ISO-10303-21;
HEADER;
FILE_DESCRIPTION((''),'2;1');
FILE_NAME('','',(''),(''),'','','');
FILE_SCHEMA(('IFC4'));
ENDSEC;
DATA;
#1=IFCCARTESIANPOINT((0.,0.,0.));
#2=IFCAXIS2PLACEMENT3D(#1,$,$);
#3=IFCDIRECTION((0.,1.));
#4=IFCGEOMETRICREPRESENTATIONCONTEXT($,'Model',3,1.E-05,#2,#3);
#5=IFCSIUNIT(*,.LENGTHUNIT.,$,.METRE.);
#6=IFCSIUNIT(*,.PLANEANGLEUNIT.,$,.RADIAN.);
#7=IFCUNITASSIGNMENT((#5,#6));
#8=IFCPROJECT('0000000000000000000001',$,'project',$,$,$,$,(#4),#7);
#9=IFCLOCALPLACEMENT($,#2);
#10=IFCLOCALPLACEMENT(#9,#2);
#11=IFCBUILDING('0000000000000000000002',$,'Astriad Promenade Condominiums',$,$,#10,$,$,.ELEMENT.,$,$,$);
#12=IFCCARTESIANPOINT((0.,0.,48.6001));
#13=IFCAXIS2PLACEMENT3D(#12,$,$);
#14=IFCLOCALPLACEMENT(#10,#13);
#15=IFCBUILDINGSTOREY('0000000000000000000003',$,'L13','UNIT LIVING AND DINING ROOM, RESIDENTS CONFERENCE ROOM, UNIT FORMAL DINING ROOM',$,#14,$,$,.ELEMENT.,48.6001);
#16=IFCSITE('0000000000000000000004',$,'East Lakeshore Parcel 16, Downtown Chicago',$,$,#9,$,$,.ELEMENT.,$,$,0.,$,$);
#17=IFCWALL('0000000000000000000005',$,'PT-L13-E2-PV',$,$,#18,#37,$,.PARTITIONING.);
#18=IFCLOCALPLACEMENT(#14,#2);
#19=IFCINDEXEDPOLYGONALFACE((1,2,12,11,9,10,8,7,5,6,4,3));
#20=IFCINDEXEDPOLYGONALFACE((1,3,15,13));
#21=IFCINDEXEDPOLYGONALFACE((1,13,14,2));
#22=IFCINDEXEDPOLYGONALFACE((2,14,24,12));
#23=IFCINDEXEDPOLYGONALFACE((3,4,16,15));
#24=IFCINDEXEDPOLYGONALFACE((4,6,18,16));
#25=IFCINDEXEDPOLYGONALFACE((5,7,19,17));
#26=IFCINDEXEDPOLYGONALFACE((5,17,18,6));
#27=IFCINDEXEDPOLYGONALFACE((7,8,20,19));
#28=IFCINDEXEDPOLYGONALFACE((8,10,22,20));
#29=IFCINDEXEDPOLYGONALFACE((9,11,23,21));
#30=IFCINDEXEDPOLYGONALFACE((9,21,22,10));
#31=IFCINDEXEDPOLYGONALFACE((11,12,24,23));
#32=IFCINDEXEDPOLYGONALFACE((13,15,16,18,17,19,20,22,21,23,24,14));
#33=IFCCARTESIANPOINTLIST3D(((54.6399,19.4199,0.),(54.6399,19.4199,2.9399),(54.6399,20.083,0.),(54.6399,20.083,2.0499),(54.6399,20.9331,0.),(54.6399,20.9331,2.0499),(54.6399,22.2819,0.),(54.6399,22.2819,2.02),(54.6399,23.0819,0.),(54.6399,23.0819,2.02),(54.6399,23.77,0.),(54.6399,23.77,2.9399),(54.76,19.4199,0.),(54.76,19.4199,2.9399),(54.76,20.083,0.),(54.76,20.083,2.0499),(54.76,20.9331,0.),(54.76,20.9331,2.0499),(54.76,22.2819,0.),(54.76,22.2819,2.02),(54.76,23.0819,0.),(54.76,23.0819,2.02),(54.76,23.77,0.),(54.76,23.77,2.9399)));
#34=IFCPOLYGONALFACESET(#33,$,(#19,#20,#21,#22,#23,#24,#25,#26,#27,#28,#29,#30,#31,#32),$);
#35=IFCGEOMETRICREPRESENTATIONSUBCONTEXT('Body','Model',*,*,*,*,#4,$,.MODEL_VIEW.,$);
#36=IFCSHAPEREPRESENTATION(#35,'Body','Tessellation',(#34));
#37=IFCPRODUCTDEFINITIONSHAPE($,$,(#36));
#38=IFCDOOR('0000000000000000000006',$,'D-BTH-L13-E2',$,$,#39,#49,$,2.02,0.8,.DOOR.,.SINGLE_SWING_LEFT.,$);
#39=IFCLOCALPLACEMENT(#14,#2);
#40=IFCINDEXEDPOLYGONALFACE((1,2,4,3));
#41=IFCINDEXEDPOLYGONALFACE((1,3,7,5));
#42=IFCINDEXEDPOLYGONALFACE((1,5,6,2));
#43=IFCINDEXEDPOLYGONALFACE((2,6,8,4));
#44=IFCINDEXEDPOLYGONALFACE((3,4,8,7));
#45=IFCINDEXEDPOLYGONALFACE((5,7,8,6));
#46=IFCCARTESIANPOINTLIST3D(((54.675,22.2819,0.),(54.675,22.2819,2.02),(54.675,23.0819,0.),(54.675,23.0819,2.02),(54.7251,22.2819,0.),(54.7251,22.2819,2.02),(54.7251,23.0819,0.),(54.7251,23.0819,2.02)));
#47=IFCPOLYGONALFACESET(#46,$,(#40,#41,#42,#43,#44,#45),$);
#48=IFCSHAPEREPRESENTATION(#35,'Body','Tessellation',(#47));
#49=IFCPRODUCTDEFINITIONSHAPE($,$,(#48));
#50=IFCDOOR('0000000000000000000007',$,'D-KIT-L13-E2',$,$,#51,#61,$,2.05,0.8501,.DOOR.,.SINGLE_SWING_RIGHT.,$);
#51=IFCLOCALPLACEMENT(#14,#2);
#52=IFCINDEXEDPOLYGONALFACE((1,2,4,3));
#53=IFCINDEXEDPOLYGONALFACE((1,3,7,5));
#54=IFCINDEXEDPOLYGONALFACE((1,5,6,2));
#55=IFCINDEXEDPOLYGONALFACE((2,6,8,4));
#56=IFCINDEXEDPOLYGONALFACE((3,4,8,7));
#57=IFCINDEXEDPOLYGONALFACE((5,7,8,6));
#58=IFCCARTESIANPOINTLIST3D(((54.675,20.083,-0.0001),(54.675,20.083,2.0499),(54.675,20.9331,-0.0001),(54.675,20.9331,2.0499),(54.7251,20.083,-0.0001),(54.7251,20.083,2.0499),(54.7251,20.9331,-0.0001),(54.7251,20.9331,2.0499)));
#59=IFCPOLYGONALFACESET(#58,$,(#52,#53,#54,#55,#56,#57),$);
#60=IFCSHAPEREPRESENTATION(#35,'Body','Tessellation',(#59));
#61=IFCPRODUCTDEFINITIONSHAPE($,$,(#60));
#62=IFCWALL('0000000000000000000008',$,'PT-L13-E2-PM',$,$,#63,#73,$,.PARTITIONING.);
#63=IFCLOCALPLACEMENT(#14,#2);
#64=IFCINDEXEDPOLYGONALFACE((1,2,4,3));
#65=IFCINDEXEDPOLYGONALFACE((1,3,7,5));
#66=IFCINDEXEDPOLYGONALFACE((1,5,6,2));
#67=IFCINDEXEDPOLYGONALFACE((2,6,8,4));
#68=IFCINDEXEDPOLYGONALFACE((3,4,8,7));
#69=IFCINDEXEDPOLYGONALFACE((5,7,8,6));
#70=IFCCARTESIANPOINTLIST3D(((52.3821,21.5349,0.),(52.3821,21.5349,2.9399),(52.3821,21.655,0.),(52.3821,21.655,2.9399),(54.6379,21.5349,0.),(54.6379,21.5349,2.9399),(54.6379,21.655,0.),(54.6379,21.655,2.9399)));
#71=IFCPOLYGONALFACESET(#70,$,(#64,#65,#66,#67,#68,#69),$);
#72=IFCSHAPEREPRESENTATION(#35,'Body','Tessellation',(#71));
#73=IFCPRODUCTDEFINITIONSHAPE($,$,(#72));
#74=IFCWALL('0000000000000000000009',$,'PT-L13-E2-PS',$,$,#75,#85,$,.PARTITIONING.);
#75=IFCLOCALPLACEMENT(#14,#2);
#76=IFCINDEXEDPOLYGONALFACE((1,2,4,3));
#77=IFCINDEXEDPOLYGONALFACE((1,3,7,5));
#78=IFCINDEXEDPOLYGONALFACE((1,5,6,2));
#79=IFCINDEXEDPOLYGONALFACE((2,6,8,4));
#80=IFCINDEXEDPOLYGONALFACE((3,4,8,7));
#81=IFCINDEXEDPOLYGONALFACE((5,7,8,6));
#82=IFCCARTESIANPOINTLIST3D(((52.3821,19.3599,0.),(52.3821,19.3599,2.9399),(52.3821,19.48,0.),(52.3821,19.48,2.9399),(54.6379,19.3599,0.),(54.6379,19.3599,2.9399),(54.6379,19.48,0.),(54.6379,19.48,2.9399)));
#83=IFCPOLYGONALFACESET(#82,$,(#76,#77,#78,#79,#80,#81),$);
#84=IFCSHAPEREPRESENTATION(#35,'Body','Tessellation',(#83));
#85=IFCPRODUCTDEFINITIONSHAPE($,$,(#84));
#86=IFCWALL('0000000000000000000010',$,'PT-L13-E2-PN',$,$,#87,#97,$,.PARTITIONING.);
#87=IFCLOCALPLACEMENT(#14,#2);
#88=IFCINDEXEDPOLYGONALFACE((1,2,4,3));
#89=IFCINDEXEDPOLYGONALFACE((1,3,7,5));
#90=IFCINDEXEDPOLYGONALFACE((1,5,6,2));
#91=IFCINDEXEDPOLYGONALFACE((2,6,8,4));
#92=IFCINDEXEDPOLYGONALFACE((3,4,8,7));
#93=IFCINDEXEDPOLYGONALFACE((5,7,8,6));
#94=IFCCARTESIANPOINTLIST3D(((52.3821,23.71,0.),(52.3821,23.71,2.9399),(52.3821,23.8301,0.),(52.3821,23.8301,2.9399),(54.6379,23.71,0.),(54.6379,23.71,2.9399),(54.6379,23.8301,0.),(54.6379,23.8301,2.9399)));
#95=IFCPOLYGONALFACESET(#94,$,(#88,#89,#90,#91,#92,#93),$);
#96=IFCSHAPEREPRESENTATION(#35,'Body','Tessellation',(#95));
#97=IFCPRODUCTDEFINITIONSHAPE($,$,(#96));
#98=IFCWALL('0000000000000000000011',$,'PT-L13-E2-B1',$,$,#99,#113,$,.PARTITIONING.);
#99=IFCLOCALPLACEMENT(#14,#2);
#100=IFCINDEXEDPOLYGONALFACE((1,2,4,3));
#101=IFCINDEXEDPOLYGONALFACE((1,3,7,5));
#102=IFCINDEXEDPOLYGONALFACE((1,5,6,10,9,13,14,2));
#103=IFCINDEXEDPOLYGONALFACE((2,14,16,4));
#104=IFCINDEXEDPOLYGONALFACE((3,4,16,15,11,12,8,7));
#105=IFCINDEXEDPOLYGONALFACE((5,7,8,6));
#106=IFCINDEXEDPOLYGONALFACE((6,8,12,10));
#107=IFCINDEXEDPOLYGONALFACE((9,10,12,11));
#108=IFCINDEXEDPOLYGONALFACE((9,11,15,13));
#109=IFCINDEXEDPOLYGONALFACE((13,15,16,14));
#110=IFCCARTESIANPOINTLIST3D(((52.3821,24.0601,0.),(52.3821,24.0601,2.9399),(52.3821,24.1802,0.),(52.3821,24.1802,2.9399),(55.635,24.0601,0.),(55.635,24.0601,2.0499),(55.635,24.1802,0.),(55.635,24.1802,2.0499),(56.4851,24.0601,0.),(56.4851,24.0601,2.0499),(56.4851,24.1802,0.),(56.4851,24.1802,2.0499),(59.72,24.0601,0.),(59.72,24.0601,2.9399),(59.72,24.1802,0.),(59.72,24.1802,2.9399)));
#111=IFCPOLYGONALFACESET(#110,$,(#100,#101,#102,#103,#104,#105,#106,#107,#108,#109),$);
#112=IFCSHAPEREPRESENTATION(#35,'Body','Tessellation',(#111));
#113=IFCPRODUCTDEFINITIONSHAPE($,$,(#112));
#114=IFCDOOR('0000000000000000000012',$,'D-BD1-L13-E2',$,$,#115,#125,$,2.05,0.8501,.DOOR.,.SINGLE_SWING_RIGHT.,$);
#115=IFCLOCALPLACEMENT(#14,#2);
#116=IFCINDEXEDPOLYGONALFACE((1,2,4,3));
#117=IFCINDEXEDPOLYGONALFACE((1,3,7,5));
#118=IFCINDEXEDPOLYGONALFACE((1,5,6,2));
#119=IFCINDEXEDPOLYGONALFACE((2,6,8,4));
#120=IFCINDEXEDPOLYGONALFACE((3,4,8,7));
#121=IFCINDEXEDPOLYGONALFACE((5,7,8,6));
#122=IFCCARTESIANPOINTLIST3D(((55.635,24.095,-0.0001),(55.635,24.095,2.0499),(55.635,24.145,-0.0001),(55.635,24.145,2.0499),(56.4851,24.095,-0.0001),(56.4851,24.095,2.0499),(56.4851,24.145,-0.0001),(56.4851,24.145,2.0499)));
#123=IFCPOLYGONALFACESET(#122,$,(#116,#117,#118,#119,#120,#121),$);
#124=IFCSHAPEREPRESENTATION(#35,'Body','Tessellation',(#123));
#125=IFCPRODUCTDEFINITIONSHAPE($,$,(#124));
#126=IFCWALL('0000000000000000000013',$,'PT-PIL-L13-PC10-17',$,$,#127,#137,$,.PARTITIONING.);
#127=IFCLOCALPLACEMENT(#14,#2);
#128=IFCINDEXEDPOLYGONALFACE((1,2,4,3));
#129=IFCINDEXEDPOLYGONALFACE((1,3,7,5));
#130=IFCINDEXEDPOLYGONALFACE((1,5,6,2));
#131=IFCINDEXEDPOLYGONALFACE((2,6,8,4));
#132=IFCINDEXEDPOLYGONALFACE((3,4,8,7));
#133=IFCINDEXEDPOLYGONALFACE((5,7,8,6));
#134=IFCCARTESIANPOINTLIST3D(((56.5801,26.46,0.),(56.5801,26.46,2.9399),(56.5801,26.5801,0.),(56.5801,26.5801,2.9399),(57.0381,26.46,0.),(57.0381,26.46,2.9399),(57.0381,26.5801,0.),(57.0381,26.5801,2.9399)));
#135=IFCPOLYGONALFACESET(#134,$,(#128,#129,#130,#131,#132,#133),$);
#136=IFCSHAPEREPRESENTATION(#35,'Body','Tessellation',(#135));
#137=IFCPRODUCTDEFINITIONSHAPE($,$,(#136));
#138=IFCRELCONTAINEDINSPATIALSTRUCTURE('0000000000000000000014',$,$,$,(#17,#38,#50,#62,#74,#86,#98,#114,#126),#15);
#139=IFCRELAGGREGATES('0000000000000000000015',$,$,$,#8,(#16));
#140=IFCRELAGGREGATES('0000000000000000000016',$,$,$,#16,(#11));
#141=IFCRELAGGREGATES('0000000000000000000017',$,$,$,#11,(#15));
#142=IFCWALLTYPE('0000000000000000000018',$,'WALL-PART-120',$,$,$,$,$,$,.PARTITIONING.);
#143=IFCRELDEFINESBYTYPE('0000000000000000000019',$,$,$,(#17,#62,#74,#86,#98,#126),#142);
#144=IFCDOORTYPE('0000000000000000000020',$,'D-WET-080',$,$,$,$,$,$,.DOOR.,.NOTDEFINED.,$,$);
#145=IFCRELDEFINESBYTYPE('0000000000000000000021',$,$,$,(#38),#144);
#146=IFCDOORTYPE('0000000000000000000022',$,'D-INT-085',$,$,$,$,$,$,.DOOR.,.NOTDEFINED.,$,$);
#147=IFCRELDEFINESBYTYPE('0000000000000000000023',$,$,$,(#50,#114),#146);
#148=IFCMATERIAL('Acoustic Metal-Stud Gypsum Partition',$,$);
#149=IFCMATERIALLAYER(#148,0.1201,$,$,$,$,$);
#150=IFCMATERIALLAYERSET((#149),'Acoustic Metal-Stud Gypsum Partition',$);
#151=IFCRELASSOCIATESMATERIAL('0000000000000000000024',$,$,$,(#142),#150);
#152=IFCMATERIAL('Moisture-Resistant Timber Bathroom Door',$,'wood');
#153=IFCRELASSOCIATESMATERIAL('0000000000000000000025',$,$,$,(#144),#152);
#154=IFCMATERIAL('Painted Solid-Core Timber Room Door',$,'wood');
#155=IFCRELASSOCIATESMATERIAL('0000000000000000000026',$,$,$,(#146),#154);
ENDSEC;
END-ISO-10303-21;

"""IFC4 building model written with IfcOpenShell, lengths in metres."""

from ifc_helpers import new_model, si_unit, direction, frame, frame_2d, origin, place, context, subcontext, project, spatial, rectangle, extrude, source, transform, mapped, material, layer, layer_set, type_object, type_shapes, element, fill, save


model = new_model("IFC4")

# Units and contexts
model_context = context("Model", 3, precision=1e-05, world=origin(), true_north=direction((0.0, 1.0)))
body_context = subcontext(model_context, "Body", "Model", "MODEL_VIEW")
ifc_project = project(units=[si_unit("LENGTHUNIT", "METRE"), si_unit("PLANEANGLEUNIT", "RADIAN")], contexts=[model_context])

# Site, building, storey
site_placement = place(None, origin())
site = spatial("IfcSite", under=ifc_project, at=site_placement, Name="East Lakeshore Parcel 16, Downtown Chicago", CompositionType="ELEMENT", RefElevation=0.0)
building_placement = place(site_placement, origin())
building = spatial("IfcBuilding", under=site, at=building_placement, Name="Astriad Promenade Condominiums", CompositionType="ELEMENT")
storey_placement = place(building_placement, frame((0.0, 0.0, 48.6001)))
storey = spatial("IfcBuildingStorey", under=building, at=storey_placement, Name="L13", Description="UNIT LIVING AND DINING ROOM, RESIDENTS CONFERENCE ROOM, UNIT FORMAL DINING ROOM", CompositionType="ELEMENT", Elevation=48.6001)

# Wall, openings, doors
ifc_material_1 = material(Name="Acoustic Metal-Stud Gypsum Partition")
ifc_layer_1 = layer(ifc_material_1, 0.1201)
ifc_layer_set_1 = layer_set([ifc_layer_1], Name="Acoustic Metal-Stud Gypsum Partition")
wall_type_1 = type_object("IfcWallType", Name="WALL-PART-120", PredefinedType="PARTITIONING", material=ifc_layer_set_1)
wall_1_placement = place(storey_placement, frame((54.7, 19.4199, 0.0), z_axis=(0.0, 0.0, 1.0), x_axis=(0.0, 1.0, 0.0)))
wall_1 = element("IfcWall", 1, at=wall_1_placement, inside=storey, type_object=wall_type_1, Name="PT-L13-E2-PV", PredefinedType="PARTITIONING", context=body_context, shape_type="SweptSolid", body=[
    extrude(rectangle(XDim=4.3501, YDim=0.1201, at=frame_2d((2.175, 0.0))), origin(), (0.0, 0.0, 1.0), 2.9399),
])
opening_1_placement = place(wall_1_placement, frame((0.6631, 0.0, 0.0)))
opening_1 = element("IfcOpeningElement", 2, at=opening_1_placement, cuts=wall_1, PredefinedType="OPENING", context=body_context, shape_type="SweptSolid", body=[
    extrude(rectangle(XDim=0.8501, YDim=2.05, at=frame_2d((0.425, 1.0249))), frame((0.0, 0.0701, 0.0), z_axis=(0.0, -1.0, 0.0), x_axis=(1.0, 0.0, 0.0)), (0.0, 0.0, 1.0), 0.1401),
])
opening_2_placement = place(wall_1_placement, frame((2.8621, 0.0, 0.0)))
opening_2 = element("IfcOpeningElement", 3, at=opening_2_placement, cuts=wall_1, PredefinedType="OPENING", context=body_context, shape_type="SweptSolid", body=[
    extrude(rectangle(XDim=0.8, YDim=2.02, at=frame_2d((0.3999, 1.01))), frame((0.0, 0.0701, 0.0), z_axis=(0.0, -1.0, 0.0), x_axis=(1.0, 0.0, 0.0)), (0.0, 0.0, 1.0), 0.1401),
])
ifc_material_2 = material(Name="Moisture-Resistant Timber Bathroom Door", Category="wood")
door_type_1 = type_object("IfcDoorType", Name="D-WET-080", OperationType="NOTDEFINED", PredefinedType="DOOR", material=ifc_material_2)
shared_shape_1 = source(origin(), body_context, "Body", "SweptSolid", [
    extrude(rectangle(XDim=0.8, YDim=2.02, at=frame_2d((0.3999, 1.01))), frame((0.0, 0.0249, 0.0), z_axis=(0.0, -1.0, 0.0), x_axis=(1.0, 0.0, 0.0)), (0.0, 0.0, 1.0), 0.05),
])
type_shapes(door_type_1, [shared_shape_1])
door_1_placement = place(opening_2_placement, origin())
door_1 = element("IfcDoor", 4, at=door_1_placement, inside=storey, type_object=door_type_1, Name="D-BTH-L13-E2", OperationType="SINGLE_SWING_LEFT", OverallHeight=2.02, OverallWidth=0.8, PredefinedType="DOOR", context=body_context, shape_type="MappedRepresentation", body=[
    mapped(shared_shape_1, transform((0.0, 0.0, 0.0), scale=1.0)),
])
fill(opening_2, door_1)
ifc_material_3 = material(Name="Painted Solid-Core Timber Room Door", Category="wood")
door_type_2 = type_object("IfcDoorType", Name="D-INT-085", OperationType="NOTDEFINED", PredefinedType="DOOR", material=ifc_material_3)
shared_shape_2 = source(origin(), body_context, "Body", "SweptSolid", [
    extrude(rectangle(XDim=0.8501, YDim=2.05, at=frame_2d((0.425, 1.0249))), frame((0.0, 0.0249, 0.0), z_axis=(0.0, -1.0, 0.0), x_axis=(1.0, 0.0, 0.0)), (0.0, 0.0, 1.0), 0.05),
])
type_shapes(door_type_2, [shared_shape_2])
door_2_placement = place(opening_1_placement, origin())
door_2 = element("IfcDoor", 5, at=door_2_placement, inside=storey, type_object=door_type_2, Name="D-KIT-L13-E2", OperationType="SINGLE_SWING_RIGHT", OverallHeight=2.05, OverallWidth=0.8501, PredefinedType="DOOR", context=body_context, shape_type="MappedRepresentation", body=[
    mapped(shared_shape_2, transform((0.0, 0.0, 0.0), scale=1.0)),
])
fill(opening_1, door_2)

# Walls
for number, where, z_axis, x_axis, name in (
    (6, (52.3821, 21.595, 0.0), (0.0, 0.0, 1.0), (1.0, 0.0, 0.0), "PT-L13-E2-PM"),
    (7, (52.3821, 19.4199, 0.0), (0.0, 0.0, 1.0), (1.0, 0.0, 0.0), "PT-L13-E2-PS"),
    (8, (52.3821, 23.77, 0.0), (0.0, 0.0, 1.0), (1.0, 0.0, 0.0), "PT-L13-E2-PN"),
):
    element("IfcWall", number, at=place(storey_placement, frame(where, z_axis=z_axis, x_axis=x_axis)), inside=storey, type_object=wall_type_1, Name=name, PredefinedType="PARTITIONING", context=body_context, shape_type="SweptSolid", body=[
        extrude(rectangle(XDim=2.2559, YDim=0.1201, at=frame_2d((1.1279, 0.0))), origin(), (0.0, 0.0, 1.0), 2.9399),
    ])

# Wall, opening, door
wall_2_placement = place(storey_placement, frame((52.3821, 24.1201, 0.0), z_axis=(0.0, 0.0, 1.0), x_axis=(1.0, 0.0, 0.0)))
wall_2 = element("IfcWall", 9, at=wall_2_placement, inside=storey, type_object=wall_type_1, Name="PT-L13-E2-B1", PredefinedType="PARTITIONING", context=body_context, shape_type="SweptSolid", body=[
    extrude(rectangle(XDim=7.3379, YDim=0.1201, at=frame_2d((3.6689, 0.0))), origin(), (0.0, 0.0, 1.0), 2.9399),
])
opening_3_placement = place(wall_2_placement, frame((3.2529, 0.0, 0.0)))
opening_3 = element("IfcOpeningElement", 10, at=opening_3_placement, cuts=wall_2, PredefinedType="OPENING", context=body_context, shape_type="SweptSolid", body=[
    extrude(rectangle(XDim=0.8501, YDim=2.05, at=frame_2d((0.425, 1.0249))), frame((0.0, 0.0701, 0.0), z_axis=(0.0, -1.0, 0.0), x_axis=(1.0, 0.0, 0.0)), (0.0, 0.0, 1.0), 0.1401),
])
door_3_placement = place(opening_3_placement, origin())
door_3 = element("IfcDoor", 11, at=door_3_placement, inside=storey, type_object=door_type_2, Name="D-BD1-L13-E2", OperationType="SINGLE_SWING_RIGHT", OverallHeight=2.05, OverallWidth=0.8501, PredefinedType="DOOR", context=body_context, shape_type="MappedRepresentation", body=[
    mapped(shared_shape_2, transform((0.0, 0.0, 0.0), scale=1.0)),
])
fill(opening_3, door_3)

# Wall
wall_3_placement = place(storey_placement, frame((56.5801, 26.52, 0.0), z_axis=(0.0, 0.0, 1.0), x_axis=(1.0, 0.0, 0.0)))
element("IfcWall", 12, at=wall_3_placement, inside=storey, type_object=wall_type_1, Name="PT-PIL-L13-PC10-17", PredefinedType="PARTITIONING", context=body_context, shape_type="SweptSolid", body=[
    extrude(rectangle(XDim=0.458, YDim=0.1201, at=frame_2d((0.229, 0.0))), origin(), (0.0, 0.0, 1.0), 2.9399),
])

save(model, "model.ifc")
